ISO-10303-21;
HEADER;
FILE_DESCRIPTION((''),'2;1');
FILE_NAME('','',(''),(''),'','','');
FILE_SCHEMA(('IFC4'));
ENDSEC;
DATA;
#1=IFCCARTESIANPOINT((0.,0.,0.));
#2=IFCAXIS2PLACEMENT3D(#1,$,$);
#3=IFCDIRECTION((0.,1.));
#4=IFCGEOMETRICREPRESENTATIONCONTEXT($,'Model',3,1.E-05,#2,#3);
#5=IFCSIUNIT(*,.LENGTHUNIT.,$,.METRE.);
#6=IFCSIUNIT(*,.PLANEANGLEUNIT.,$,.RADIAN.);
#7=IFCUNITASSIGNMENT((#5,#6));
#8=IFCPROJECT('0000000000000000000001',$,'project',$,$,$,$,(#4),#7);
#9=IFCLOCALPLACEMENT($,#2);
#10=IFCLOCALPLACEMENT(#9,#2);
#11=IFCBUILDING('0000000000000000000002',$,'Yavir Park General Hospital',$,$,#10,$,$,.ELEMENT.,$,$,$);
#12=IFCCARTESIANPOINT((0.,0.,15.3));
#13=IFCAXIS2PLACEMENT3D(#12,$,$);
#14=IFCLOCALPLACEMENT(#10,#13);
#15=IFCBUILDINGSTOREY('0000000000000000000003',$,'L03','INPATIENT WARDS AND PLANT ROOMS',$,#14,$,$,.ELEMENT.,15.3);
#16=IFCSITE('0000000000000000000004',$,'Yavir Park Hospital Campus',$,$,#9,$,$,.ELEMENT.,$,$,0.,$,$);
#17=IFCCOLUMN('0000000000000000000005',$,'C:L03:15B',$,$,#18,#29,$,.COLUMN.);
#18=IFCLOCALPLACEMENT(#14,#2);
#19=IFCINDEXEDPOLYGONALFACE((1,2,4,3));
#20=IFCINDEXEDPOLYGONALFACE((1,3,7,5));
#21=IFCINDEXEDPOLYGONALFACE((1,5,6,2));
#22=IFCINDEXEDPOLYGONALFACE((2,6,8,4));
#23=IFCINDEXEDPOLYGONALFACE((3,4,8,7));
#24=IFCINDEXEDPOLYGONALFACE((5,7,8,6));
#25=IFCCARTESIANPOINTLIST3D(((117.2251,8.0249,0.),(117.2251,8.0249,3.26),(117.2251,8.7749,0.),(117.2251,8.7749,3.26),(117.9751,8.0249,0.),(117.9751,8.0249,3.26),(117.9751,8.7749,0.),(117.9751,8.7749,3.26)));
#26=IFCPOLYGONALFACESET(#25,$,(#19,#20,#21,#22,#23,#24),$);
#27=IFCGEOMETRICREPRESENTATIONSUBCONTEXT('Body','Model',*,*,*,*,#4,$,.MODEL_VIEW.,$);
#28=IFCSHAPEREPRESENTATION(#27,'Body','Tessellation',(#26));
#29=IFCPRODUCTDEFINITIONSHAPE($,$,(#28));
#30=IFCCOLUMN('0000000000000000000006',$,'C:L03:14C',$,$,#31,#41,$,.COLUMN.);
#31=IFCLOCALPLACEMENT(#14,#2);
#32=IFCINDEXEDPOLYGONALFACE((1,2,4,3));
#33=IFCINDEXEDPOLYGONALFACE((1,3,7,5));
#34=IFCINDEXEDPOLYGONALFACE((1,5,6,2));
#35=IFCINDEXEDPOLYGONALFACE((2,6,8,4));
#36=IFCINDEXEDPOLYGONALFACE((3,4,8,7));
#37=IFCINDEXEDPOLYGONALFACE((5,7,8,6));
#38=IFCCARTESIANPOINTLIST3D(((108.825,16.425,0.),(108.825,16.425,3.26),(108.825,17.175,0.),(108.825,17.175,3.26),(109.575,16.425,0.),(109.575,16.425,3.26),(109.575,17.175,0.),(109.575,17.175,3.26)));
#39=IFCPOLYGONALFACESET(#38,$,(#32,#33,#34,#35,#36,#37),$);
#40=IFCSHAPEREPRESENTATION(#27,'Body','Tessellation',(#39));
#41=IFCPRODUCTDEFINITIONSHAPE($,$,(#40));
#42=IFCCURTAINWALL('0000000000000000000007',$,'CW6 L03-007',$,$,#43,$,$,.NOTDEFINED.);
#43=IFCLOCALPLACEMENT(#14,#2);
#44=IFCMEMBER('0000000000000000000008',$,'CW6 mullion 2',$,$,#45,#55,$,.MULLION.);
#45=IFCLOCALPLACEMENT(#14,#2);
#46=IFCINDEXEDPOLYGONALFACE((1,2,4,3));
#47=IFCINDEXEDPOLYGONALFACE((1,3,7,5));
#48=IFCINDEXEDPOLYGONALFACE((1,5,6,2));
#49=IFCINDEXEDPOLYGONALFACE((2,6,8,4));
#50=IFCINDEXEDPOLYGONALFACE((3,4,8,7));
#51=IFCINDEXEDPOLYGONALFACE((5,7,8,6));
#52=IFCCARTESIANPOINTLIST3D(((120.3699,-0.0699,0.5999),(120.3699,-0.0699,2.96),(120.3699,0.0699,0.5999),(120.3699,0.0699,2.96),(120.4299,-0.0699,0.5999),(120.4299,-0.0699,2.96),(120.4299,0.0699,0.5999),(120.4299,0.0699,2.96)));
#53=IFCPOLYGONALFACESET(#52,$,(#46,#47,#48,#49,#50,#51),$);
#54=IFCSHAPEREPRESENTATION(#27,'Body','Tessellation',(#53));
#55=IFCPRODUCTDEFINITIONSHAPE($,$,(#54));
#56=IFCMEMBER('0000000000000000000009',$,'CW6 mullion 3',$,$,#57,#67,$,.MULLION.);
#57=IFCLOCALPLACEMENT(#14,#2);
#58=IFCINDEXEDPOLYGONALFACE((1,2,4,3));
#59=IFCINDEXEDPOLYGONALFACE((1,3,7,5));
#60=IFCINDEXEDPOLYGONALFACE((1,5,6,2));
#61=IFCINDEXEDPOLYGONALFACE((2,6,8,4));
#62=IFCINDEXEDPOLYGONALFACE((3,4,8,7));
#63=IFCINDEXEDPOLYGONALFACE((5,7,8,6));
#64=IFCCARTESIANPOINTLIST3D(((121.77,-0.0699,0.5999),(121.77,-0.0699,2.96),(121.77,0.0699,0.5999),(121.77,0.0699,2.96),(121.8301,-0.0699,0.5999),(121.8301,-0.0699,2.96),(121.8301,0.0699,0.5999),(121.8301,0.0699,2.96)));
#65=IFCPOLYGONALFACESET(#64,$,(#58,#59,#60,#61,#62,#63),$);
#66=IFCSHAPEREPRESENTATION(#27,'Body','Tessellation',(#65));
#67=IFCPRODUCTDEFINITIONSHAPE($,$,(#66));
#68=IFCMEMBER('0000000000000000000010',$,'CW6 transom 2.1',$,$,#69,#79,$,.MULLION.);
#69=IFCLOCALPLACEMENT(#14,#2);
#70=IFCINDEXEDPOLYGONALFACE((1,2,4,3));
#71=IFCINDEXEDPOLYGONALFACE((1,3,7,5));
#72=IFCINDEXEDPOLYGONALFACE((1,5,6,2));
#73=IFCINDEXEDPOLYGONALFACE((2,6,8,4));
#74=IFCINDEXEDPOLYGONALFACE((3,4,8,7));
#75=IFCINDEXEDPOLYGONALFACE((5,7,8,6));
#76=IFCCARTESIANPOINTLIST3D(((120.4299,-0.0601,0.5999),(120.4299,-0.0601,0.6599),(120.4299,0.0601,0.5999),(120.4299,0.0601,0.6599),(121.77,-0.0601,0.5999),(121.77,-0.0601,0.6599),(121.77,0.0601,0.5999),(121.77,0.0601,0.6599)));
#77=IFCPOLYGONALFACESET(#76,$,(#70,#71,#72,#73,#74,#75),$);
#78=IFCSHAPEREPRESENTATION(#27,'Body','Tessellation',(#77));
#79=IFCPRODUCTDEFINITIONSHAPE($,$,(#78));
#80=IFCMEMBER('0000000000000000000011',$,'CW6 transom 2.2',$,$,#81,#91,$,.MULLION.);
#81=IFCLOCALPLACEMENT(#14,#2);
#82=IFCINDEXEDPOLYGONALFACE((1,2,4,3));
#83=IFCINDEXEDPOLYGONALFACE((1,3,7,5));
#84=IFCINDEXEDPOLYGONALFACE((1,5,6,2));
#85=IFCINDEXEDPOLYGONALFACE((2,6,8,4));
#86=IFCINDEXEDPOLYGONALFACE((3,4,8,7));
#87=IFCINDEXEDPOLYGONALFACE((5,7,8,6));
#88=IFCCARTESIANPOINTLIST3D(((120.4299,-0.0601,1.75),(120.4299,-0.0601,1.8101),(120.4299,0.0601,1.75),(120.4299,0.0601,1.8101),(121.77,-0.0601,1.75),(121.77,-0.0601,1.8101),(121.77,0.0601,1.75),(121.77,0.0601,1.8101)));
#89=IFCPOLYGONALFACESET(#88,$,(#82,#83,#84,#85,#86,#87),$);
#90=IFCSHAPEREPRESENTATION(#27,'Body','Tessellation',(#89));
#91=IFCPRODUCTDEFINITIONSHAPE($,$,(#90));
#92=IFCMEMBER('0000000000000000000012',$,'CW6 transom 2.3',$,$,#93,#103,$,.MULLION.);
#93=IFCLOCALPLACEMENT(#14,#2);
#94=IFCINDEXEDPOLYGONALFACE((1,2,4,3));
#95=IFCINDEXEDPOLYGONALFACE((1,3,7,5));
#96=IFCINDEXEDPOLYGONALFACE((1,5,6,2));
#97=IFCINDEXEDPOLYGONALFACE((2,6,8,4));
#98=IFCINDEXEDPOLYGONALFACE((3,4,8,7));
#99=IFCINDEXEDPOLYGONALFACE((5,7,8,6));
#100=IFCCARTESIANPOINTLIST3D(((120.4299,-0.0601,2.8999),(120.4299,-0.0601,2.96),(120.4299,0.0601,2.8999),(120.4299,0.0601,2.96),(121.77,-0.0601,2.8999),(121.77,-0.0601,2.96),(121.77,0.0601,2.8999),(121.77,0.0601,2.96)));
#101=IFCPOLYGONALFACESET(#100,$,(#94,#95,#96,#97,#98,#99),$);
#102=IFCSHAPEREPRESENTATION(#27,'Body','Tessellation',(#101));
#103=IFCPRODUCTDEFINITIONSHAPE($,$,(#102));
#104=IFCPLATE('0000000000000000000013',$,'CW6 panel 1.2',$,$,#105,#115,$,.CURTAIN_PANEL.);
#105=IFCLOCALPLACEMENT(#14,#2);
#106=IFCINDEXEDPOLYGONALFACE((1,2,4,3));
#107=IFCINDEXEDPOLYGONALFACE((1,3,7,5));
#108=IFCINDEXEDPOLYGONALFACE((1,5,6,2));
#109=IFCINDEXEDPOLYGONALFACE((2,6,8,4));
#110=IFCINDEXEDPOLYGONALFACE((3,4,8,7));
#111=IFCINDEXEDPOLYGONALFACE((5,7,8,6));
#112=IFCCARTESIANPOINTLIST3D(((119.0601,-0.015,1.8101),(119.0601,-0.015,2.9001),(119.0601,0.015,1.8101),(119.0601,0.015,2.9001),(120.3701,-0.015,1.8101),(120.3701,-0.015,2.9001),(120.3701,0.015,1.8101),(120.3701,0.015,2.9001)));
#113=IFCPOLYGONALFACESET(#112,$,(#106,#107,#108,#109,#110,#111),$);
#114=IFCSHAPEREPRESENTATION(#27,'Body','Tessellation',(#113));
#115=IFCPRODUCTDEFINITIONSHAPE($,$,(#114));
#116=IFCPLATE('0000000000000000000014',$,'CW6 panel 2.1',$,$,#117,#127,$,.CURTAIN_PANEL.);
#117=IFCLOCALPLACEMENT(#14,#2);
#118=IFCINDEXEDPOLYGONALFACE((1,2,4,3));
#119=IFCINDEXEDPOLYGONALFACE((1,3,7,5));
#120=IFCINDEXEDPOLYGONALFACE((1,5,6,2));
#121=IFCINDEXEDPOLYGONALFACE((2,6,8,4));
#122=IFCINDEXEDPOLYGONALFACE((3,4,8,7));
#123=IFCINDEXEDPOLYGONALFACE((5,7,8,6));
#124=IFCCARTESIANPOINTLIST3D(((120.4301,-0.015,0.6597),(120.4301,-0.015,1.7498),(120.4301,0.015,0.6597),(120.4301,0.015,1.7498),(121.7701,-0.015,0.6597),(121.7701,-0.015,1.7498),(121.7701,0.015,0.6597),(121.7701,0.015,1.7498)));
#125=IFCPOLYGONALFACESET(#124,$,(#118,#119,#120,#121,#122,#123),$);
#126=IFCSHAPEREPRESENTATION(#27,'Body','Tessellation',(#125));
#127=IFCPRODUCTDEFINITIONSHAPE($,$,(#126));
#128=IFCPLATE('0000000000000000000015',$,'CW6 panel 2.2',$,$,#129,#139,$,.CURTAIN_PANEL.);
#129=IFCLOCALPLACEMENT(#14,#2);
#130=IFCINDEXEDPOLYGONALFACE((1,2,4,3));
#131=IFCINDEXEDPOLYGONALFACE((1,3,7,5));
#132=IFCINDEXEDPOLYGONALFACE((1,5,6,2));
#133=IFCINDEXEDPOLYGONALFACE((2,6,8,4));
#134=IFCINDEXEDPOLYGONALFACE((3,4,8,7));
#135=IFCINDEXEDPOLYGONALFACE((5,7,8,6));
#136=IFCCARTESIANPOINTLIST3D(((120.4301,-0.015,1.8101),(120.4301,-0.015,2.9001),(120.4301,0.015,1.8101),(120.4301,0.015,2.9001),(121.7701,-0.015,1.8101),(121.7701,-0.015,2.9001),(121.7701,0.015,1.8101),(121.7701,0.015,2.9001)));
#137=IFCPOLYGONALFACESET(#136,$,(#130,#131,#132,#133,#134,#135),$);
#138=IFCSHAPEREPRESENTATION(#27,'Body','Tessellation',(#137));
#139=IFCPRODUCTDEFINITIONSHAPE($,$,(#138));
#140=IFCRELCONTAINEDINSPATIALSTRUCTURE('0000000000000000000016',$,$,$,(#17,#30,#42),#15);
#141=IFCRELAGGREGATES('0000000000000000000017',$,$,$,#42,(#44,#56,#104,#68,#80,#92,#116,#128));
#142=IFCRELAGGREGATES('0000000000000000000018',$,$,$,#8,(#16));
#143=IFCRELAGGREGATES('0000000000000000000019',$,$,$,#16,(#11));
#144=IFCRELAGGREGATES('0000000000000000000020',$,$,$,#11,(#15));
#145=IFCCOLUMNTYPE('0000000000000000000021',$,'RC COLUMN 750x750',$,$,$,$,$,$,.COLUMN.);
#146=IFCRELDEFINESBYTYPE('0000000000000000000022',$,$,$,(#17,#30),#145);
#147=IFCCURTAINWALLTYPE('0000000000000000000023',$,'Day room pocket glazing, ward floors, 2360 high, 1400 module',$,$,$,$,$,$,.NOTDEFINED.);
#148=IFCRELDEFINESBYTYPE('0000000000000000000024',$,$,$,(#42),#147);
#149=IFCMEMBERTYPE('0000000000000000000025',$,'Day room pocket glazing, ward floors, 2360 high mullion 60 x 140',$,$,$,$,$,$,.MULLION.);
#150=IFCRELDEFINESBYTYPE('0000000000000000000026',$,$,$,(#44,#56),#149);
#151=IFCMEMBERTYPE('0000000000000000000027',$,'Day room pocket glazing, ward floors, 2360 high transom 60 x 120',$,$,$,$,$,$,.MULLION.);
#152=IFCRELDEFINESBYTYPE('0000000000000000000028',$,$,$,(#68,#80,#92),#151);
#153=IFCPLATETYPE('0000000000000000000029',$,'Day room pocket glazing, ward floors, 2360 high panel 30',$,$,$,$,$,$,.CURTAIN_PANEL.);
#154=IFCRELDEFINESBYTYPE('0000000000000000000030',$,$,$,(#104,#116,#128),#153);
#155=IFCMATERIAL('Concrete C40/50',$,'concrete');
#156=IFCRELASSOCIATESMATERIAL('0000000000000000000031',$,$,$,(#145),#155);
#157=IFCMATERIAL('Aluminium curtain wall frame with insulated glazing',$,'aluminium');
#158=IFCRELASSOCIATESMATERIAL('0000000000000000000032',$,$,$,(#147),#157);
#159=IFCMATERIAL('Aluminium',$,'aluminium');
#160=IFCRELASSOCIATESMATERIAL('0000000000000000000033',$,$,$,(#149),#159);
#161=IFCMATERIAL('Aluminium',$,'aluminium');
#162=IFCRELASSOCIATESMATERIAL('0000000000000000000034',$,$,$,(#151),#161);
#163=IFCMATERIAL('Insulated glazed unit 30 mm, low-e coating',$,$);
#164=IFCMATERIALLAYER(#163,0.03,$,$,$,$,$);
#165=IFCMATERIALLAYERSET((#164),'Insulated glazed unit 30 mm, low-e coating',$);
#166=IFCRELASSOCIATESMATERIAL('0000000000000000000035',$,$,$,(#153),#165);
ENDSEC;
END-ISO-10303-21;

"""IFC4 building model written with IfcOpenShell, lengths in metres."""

from ifc_helpers import new_model, si_unit, direction, frame, origin, origin_2d, place, context, subcontext, project, spatial, rectangle, extrude, material, layer, layer_set, material_profile, profile_set, type_object, element, aggregate, save


model = new_model("IFC4")

# Units and contexts
model_context = context("Model", 3, precision=1e-05, world=origin(), true_north=direction((0.0, 1.0)))
body_context = subcontext(model_context, "Body", "Model", "MODEL_VIEW")
ifc_project = project(units=[si_unit("LENGTHUNIT", "METRE"), si_unit("PLANEANGLEUNIT", "RADIAN")], contexts=[model_context])

# Site, building, storey
site_placement = place(None, origin())
site = spatial("IfcSite", under=ifc_project, at=site_placement, Name="Yavir Park Hospital Campus", CompositionType="ELEMENT", RefElevation=0.0)
building_placement = place(site_placement, origin())
building = spatial("IfcBuilding", under=site, at=building_placement, Name="Yavir Park General Hospital", CompositionType="ELEMENT")
storey_placement = place(building_placement, frame((0.0, 0.0, 15.3)))
storey = spatial("IfcBuildingStorey", under=building, at=storey_placement, Name="L03", Description="INPATIENT WARDS AND PLANT ROOMS", CompositionType="ELEMENT", Elevation=15.3)

# Columns
ifc_material_1 = material(Name="Concrete C40/50", Category="concrete")
ifc_material_profile_1 = material_profile(ifc_material_1, rectangle(XDim=0.75, YDim=0.75, at=origin_2d()), Name="RC750x750")
ifc_profile_set_1 = profile_set([ifc_material_profile_1], Name="Concrete C40/50")
column_type = type_object("IfcColumnType", Name="RC COLUMN 750x750", PredefinedType="COLUMN", material=ifc_profile_set_1)
for number, where, z_axis, x_axis, name in (
    (1, (117.6001, 8.3999, 0.0), (0.0, 0.0, 1.0), (1.0, 0.0, 0.0), "C:L03:15B"),
    (2, (109.2, 16.8, 0.0), (0.0, 0.0, 1.0), (1.0, 0.0, 0.0), "C:L03:14C"),
):
    element("IfcColumn", number, at=place(storey_placement, frame(where, z_axis=z_axis, x_axis=x_axis)), inside=storey, type_object=column_type, Name=name, PredefinedType="COLUMN", context=body_context, shape_type="SweptSolid", body=[
        extrude(rectangle(XDim=0.75, YDim=0.75, at=origin_2d()), origin(), (0.0, 0.0, 1.0), 3.26),
    ])

# Curtain wall, members, plates
ifc_material_2 = material(Name="Aluminium curtain wall frame with insulated glazing", Category="aluminium")
curtain_wall_type = type_object("IfcCurtainWallType", Name="Day room pocket glazing, ward floors, 2360 high, 1400 module", PredefinedType="NOTDEFINED", material=ifc_material_2)
curtain_wall_placement = place(storey_placement, origin())
curtain_wall = element("IfcCurtainWall", 3, at=curtain_wall_placement, inside=storey, type_object=curtain_wall_type, Name="CW6 L03-007", PredefinedType="NOTDEFINED")
ifc_material_3 = material(Name="Aluminium", Category="aluminium")
ifc_material_profile_2 = material_profile(ifc_material_3, rectangle(XDim=0.1399, YDim=0.0601, at=origin_2d()), Name="AL 60x140")
ifc_profile_set_2 = profile_set([ifc_material_profile_2], Name="Aluminium")
member_type_1 = type_object("IfcMemberType", Name="Day room pocket glazing, ward floors, 2360 high mullion 60 x 140", PredefinedType="MULLION", material=ifc_profile_set_2)
member_1_placement = place(storey_placement, frame((120.3999, 0.0, 0.5999), z_axis=(0.0, 0.0, 1.0), x_axis=(0.0, 1.0, 0.0)))
member_1 = element("IfcMember", 4, at=member_1_placement, type_object=member_type_1, Name="CW6 mullion 2", PredefinedType="MULLION", context=body_context, shape_type="SweptSolid", body=[
    extrude(rectangle(XDim=0.1399, YDim=0.0601, at=origin_2d()), origin(), (0.0, 0.0, 1.0), 2.3601),
])
member_2_placement = place(storey_placement, frame((121.8, 0.0, 0.5999), z_axis=(0.0, 0.0, 1.0), x_axis=(0.0, 1.0, 0.0)))
member_2 = element("IfcMember", 5, at=member_2_placement, type_object=member_type_1, Name="CW6 mullion 3", PredefinedType="MULLION", context=body_context, shape_type="SweptSolid", body=[
    extrude(rectangle(XDim=0.1399, YDim=0.0601, at=origin_2d()), origin(), (0.0, 0.0, 1.0), 2.3601),
])
ifc_material_4 = material(Name="Aluminium", Category="aluminium")
ifc_material_profile_3 = material_profile(ifc_material_4, rectangle(XDim=0.1201, YDim=0.0601, at=origin_2d()), Name="AL 120x60")
ifc_profile_set_3 = profile_set([ifc_material_profile_3], Name="Aluminium")
member_type_2 = type_object("IfcMemberType", Name="Day room pocket glazing, ward floors, 2360 high transom 60 x 120", PredefinedType="MULLION", material=ifc_profile_set_3)
member_3_placement = place(storey_placement, frame((120.4299, 0.0, 0.6299), z_axis=(1.0, 0.0, 0.0), x_axis=(0.0, 1.0, 0.0)))
member_3 = element("IfcMember", 6, at=member_3_placement, type_object=member_type_2, Name="CW6 transom 2.1", PredefinedType="MULLION", context=body_context, shape_type="SweptSolid", body=[
    extrude(rectangle(XDim=0.1201, YDim=0.0601, at=origin_2d()), origin(), (0.0, 0.0, 1.0), 1.3401),
])
member_4_placement = place(storey_placement, frame((120.4299, 0.0, 1.78), z_axis=(1.0, 0.0, 0.0), x_axis=(0.0, 1.0, 0.0)))
member_4 = element("IfcMember", 7, at=member_4_placement, type_object=member_type_2, Name="CW6 transom 2.2", PredefinedType="MULLION", context=body_context, shape_type="SweptSolid", body=[
    extrude(rectangle(XDim=0.1201, YDim=0.0601, at=origin_2d()), origin(), (0.0, 0.0, 1.0), 1.3401),
])
member_5_placement = place(storey_placement, frame((120.4299, 0.0, 2.9299), z_axis=(1.0, 0.0, 0.0), x_axis=(0.0, 1.0, 0.0)))
member_5 = element("IfcMember", 8, at=member_5_placement, type_object=member_type_2, Name="CW6 transom 2.3", PredefinedType="MULLION", context=body_context, shape_type="SweptSolid", body=[
    extrude(rectangle(XDim=0.1201, YDim=0.0601, at=origin_2d()), origin(), (0.0, 0.0, 1.0), 1.3401),
])
ifc_material_5 = material(Name="Insulated glazed unit 30 mm, low-e coating")
ifc_layer_1 = layer(ifc_material_5, 0.03)
ifc_layer_set_1 = layer_set([ifc_layer_1], Name="Insulated glazed unit 30 mm, low-e coating")
plate_type = type_object("IfcPlateType", Name="Day room pocket glazing, ward floors, 2360 high panel 30", PredefinedType="CURTAIN_PANEL", material=ifc_layer_set_1)
plate_1_placement = place(storey_placement, frame((119.7151, 0.0, 1.8101), z_axis=(0.0, 0.0, 1.0), x_axis=(1.0, 0.0, 0.0)))
plate_1 = element("IfcPlate", 9, at=plate_1_placement, type_object=plate_type, Name="CW6 panel 1.2", PredefinedType="CURTAIN_PANEL", context=body_context, shape_type="SweptSolid", body=[
    extrude(rectangle(XDim=1.3101, YDim=0.03, at=origin_2d()), origin(), (0.0, 0.0, 1.0), 1.0901),
])
plate_2_placement = place(storey_placement, frame((121.1001, 0.0, 0.6597), z_axis=(0.0, 0.0, 1.0), x_axis=(1.0, 0.0, 0.0)))
plate_2 = element("IfcPlate", 10, at=plate_2_placement, type_object=plate_type, Name="CW6 panel 2.1", PredefinedType="CURTAIN_PANEL", context=body_context, shape_type="SweptSolid", body=[
    extrude(rectangle(XDim=1.3401, YDim=0.03, at=origin_2d()), origin(), (0.0, 0.0, 1.0), 1.0901),
])
plate_3_placement = place(storey_placement, frame((121.1001, 0.0, 1.8101), z_axis=(0.0, 0.0, 1.0), x_axis=(1.0, 0.0, 0.0)))
plate_3 = element("IfcPlate", 11, at=plate_3_placement, type_object=plate_type, Name="CW6 panel 2.2", PredefinedType="CURTAIN_PANEL", context=body_context, shape_type="SweptSolid", body=[
    extrude(rectangle(XDim=1.3401, YDim=0.03, at=origin_2d()), origin(), (0.0, 0.0, 1.0), 1.0901),
])
aggregate(curtain_wall, [member_1, member_2, plate_1, member_3, member_4, member_5, plate_2, plate_3])

save(model, "model.ifc")
